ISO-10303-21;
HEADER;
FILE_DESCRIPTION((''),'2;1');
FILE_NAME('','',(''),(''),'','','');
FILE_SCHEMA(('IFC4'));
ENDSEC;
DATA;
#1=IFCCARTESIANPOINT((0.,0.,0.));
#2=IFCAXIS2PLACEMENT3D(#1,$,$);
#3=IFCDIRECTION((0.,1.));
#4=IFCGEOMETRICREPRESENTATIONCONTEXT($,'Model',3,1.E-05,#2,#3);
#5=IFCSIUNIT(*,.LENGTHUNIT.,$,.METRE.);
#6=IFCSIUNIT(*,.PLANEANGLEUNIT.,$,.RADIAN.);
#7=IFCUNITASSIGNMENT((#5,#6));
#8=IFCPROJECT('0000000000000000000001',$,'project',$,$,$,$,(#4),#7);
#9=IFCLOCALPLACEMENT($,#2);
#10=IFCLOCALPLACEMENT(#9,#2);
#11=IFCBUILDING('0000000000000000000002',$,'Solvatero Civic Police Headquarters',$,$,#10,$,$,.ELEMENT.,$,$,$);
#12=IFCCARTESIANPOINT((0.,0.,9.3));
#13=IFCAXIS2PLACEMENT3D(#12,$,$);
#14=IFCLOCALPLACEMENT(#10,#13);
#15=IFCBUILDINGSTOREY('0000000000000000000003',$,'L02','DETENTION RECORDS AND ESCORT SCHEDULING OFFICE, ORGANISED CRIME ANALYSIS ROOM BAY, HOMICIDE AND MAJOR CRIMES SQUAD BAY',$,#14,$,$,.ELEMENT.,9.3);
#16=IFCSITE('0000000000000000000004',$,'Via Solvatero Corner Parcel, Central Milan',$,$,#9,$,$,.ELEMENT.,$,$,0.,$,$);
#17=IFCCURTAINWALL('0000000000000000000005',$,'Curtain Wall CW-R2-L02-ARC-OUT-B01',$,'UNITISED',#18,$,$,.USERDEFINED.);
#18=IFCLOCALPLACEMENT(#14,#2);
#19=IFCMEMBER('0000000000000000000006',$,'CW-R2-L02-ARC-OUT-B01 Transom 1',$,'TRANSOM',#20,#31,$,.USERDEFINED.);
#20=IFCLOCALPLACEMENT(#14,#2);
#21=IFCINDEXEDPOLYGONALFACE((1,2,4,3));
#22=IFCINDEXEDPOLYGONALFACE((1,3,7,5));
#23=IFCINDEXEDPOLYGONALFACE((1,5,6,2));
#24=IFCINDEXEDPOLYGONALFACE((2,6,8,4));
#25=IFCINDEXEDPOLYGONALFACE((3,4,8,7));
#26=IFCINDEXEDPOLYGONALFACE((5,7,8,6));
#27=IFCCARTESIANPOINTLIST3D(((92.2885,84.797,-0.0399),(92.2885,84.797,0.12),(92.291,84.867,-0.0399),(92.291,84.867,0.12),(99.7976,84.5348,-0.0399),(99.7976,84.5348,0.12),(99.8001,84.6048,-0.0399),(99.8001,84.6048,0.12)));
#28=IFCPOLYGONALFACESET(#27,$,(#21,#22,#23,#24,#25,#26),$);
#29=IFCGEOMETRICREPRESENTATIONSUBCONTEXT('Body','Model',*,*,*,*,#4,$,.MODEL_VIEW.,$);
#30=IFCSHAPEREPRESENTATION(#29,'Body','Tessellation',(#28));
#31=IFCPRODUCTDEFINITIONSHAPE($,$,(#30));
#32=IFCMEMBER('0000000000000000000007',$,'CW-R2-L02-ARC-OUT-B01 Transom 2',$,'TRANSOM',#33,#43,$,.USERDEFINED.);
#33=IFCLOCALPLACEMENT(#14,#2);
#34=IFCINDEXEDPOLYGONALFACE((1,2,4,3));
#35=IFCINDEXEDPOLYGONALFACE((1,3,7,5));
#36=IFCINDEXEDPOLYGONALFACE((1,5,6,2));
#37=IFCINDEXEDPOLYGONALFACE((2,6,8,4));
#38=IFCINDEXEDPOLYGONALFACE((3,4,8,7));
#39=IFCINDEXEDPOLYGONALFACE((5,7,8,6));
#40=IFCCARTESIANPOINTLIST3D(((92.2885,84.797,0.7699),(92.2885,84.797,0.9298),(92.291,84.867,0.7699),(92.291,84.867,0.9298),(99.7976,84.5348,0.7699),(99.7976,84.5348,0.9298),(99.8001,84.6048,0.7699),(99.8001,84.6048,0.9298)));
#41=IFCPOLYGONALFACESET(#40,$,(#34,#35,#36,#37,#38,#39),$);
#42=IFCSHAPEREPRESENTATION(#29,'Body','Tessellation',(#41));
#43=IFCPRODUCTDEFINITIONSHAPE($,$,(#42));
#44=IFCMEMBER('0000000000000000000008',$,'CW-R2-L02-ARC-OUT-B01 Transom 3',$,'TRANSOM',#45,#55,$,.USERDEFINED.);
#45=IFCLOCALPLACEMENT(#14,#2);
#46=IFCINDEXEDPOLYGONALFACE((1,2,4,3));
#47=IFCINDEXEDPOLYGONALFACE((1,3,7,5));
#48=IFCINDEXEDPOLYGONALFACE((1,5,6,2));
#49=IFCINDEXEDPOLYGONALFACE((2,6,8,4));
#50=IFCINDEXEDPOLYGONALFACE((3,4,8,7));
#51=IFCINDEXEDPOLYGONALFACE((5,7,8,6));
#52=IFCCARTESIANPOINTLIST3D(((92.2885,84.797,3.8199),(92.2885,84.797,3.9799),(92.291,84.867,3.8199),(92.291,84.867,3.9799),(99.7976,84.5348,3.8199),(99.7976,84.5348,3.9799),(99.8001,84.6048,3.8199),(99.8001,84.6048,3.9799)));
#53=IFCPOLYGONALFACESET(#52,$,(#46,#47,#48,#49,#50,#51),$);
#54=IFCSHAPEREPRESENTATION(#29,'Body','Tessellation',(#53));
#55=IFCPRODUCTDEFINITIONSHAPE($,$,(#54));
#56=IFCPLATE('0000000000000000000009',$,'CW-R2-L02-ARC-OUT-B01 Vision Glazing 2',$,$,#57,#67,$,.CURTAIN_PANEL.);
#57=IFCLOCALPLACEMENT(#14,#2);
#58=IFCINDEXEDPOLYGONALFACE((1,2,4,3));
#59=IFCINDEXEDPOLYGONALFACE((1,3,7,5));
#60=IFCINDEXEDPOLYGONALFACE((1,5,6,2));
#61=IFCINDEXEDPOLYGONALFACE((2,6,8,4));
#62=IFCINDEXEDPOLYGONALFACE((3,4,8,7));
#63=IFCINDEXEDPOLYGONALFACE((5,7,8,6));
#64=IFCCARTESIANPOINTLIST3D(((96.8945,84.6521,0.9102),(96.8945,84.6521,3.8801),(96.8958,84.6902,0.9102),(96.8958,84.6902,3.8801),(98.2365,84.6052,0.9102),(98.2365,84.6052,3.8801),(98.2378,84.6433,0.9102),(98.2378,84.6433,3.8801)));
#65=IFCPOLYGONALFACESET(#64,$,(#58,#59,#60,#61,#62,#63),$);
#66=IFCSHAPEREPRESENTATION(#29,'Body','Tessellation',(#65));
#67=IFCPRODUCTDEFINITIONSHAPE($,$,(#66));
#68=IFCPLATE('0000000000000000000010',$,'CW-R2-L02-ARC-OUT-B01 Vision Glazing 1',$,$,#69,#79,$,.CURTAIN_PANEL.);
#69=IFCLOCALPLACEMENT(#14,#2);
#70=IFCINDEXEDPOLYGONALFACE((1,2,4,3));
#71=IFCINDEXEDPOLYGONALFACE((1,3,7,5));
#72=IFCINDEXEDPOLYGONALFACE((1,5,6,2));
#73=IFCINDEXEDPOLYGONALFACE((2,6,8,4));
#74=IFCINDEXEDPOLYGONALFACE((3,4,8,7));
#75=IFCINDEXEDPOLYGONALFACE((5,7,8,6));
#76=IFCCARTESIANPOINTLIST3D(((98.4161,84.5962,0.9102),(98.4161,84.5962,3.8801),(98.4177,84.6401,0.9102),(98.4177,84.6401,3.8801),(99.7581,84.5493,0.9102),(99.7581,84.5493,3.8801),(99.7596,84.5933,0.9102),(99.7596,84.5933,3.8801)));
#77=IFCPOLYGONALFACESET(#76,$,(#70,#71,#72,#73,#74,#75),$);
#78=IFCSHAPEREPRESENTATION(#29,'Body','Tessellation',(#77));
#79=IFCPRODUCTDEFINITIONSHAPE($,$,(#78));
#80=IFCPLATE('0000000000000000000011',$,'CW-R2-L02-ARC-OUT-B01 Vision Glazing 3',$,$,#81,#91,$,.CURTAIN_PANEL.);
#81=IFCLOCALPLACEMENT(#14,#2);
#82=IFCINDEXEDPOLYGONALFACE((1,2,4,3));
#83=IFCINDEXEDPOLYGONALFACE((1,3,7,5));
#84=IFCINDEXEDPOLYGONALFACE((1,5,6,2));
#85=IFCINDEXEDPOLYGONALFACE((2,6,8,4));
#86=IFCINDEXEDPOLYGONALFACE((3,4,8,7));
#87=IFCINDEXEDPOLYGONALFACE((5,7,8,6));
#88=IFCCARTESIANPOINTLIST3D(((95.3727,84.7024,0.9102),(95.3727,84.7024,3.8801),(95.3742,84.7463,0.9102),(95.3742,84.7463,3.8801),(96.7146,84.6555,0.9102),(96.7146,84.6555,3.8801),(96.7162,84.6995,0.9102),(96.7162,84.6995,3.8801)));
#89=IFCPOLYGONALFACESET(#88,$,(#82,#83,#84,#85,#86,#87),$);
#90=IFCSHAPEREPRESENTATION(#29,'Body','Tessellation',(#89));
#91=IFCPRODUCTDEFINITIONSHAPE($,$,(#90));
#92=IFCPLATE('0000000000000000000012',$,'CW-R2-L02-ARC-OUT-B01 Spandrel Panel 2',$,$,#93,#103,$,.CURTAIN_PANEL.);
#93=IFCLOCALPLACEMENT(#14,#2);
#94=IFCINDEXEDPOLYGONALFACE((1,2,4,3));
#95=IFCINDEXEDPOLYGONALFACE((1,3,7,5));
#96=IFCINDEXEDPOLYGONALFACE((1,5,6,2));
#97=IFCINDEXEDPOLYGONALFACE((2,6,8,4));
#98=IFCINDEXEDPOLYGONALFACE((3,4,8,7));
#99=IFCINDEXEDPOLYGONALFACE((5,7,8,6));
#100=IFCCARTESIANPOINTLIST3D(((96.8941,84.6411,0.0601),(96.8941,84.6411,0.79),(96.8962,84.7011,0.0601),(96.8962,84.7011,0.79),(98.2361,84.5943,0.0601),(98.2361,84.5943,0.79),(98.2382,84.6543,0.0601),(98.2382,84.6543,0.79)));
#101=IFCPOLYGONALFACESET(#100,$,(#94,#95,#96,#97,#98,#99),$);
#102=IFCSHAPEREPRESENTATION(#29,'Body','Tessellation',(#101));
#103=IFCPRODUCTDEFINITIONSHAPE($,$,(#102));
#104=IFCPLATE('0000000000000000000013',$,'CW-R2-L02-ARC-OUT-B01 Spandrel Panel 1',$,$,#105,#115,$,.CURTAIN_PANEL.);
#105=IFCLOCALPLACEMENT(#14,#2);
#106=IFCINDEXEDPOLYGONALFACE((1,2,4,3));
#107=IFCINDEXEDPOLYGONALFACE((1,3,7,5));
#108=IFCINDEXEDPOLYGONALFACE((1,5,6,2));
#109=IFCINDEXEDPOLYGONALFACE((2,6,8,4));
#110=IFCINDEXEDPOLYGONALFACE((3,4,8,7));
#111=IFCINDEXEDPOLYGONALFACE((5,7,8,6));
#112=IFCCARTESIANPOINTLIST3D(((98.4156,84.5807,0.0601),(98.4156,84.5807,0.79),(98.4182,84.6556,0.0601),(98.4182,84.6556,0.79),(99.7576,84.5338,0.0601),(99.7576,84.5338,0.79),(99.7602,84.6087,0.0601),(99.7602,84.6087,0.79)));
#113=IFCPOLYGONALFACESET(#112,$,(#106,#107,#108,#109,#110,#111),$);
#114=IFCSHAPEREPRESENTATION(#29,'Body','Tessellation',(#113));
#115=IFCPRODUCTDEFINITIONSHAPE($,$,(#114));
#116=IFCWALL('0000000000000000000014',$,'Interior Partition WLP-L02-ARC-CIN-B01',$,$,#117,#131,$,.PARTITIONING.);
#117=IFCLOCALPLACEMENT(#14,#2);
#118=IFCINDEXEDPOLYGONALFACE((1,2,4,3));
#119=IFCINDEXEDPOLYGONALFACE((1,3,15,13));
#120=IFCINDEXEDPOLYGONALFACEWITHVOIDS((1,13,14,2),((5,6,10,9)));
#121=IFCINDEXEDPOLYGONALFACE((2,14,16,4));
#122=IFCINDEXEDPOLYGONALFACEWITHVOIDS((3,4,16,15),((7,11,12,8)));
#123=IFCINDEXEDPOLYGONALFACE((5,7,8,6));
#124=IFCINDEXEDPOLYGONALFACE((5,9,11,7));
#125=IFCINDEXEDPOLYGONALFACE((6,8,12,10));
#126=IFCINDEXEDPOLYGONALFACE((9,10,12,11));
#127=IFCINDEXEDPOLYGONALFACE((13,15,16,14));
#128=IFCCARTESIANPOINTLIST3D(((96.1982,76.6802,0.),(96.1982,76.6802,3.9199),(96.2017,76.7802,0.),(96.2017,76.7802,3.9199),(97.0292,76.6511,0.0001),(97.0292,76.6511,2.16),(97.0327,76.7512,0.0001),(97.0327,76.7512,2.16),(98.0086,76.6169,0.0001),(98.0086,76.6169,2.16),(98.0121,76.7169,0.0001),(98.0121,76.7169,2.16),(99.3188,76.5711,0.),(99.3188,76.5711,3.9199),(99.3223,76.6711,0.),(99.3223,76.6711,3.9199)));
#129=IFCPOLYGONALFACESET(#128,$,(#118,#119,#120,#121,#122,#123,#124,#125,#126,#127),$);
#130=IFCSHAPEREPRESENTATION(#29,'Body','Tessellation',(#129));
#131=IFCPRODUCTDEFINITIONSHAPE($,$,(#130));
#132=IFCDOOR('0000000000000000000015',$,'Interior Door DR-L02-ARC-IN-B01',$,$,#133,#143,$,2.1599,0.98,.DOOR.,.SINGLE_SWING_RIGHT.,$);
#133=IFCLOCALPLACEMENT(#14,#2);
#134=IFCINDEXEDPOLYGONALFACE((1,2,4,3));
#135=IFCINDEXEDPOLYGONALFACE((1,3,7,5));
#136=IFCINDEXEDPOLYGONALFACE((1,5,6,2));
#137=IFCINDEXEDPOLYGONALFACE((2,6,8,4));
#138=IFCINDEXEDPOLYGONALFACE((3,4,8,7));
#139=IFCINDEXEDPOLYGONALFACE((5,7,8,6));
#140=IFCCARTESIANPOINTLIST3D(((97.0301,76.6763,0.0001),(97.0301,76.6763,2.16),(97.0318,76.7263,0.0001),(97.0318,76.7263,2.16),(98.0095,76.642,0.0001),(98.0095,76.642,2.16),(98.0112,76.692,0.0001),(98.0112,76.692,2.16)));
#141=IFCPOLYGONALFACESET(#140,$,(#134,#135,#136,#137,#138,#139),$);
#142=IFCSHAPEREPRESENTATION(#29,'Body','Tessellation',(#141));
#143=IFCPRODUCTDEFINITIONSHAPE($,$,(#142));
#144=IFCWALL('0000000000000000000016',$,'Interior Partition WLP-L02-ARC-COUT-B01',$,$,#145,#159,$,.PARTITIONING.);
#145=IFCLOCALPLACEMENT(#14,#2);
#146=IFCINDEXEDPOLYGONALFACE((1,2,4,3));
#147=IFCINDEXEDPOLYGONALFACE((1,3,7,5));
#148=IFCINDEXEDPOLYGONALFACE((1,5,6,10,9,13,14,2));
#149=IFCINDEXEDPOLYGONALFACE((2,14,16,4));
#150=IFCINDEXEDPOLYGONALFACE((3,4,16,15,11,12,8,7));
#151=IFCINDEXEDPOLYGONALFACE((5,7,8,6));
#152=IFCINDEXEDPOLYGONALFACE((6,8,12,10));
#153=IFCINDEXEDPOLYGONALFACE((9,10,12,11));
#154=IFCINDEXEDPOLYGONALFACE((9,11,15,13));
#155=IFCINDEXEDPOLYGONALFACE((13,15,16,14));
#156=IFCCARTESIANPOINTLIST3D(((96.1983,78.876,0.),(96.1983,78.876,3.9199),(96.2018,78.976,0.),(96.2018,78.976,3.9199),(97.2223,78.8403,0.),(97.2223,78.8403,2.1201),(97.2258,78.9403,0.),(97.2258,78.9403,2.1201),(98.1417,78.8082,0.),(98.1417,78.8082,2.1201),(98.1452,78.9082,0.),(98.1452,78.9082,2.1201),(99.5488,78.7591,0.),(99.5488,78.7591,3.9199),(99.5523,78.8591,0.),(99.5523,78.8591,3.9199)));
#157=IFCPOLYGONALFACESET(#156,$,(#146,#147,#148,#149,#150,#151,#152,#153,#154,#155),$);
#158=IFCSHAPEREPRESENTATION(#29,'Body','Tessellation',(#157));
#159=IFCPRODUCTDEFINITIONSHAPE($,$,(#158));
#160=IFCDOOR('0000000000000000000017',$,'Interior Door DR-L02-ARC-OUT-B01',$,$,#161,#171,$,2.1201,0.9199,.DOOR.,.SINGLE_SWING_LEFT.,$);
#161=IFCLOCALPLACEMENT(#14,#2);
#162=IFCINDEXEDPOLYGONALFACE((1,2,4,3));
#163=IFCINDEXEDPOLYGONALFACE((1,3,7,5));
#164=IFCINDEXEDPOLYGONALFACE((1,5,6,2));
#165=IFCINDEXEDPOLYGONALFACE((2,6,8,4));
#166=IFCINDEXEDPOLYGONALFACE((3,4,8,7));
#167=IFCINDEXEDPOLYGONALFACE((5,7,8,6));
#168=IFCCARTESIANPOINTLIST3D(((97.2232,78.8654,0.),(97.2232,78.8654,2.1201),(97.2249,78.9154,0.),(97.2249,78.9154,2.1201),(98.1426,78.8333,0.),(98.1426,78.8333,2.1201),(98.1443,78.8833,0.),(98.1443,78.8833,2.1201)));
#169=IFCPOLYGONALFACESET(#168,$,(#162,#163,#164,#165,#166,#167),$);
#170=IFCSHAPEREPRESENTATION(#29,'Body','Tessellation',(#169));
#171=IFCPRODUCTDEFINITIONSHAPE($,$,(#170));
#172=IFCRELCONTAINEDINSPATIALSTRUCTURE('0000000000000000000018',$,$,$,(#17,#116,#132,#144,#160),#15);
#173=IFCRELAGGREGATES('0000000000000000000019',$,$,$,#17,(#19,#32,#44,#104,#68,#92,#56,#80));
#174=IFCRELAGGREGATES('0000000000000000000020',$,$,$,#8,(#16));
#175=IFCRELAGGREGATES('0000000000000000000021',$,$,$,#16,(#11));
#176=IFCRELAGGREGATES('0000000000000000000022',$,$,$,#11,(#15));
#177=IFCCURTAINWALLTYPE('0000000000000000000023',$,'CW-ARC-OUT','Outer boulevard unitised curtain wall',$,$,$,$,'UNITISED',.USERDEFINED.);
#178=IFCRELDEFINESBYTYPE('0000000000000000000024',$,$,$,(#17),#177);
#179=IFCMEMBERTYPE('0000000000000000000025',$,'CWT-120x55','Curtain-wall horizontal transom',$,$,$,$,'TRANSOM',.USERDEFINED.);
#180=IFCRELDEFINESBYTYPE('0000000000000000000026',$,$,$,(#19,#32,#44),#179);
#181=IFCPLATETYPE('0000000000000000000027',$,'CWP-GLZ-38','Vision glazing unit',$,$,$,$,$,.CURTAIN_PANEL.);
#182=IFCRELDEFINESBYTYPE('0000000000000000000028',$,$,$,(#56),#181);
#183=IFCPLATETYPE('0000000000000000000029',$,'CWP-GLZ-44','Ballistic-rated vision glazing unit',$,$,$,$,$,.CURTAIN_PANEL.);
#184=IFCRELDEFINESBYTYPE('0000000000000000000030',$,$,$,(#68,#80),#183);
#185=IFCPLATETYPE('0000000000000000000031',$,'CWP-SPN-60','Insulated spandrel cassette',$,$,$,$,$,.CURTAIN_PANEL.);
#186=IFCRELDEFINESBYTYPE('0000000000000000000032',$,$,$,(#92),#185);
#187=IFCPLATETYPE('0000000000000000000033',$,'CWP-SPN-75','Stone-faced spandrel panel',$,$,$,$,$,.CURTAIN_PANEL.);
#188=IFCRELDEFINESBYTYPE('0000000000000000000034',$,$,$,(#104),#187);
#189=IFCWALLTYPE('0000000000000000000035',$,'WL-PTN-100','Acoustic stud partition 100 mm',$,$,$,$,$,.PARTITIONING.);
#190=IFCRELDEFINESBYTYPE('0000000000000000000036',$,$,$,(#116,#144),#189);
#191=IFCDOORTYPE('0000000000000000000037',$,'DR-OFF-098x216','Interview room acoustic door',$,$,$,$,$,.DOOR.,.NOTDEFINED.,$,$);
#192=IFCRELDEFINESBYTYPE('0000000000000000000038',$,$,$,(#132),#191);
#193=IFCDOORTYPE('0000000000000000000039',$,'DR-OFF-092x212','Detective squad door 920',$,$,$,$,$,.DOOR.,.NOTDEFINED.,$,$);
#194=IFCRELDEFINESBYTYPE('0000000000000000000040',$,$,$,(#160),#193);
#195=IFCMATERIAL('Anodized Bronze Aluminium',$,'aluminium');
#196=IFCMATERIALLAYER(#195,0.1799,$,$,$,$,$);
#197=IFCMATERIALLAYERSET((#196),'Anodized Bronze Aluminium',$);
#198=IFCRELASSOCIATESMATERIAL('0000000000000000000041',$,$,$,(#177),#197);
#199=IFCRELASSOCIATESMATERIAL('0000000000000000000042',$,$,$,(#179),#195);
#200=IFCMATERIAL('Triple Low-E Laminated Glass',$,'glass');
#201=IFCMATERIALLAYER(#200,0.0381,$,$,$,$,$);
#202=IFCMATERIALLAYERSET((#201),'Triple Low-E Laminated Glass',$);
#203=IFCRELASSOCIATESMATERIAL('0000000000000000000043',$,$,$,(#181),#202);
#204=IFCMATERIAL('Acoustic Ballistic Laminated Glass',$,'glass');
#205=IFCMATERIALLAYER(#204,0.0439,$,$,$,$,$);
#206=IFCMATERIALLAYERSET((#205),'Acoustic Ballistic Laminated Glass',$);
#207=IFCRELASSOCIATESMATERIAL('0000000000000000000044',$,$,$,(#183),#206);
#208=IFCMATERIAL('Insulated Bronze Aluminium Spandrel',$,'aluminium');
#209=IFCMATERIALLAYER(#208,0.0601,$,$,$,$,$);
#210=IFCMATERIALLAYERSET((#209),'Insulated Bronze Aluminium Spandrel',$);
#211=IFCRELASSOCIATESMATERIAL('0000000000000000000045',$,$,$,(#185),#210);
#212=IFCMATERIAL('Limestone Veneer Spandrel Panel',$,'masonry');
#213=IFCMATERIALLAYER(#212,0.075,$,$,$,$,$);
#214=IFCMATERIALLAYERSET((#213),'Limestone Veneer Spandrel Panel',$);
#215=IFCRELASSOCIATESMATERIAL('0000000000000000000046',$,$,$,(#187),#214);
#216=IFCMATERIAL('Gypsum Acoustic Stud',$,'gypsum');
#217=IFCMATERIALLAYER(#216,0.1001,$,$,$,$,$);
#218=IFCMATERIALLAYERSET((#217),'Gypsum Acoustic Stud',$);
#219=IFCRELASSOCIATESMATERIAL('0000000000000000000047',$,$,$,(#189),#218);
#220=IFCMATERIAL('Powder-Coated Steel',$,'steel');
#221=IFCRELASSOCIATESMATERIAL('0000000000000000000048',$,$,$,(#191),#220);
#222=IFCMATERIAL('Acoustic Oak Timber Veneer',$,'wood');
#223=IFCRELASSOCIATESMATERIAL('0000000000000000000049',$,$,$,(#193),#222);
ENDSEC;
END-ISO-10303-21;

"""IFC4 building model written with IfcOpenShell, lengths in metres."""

from ifc_helpers import new_model, si_unit, direction, frame, frame_2d, origin, origin_2d, place, context, subcontext, project, spatial, rectangle, extrude, material, layer, layer_set, material_profile, profile_set, type_object, element, fill, aggregate, save


model = new_model("IFC4")

# Units and contexts
model_context = context("Model", 3, precision=1e-05, world=origin(), true_north=direction((0.0, 1.0)))
body_context = subcontext(model_context, "Body", "Model", "MODEL_VIEW")
ifc_project = project(units=[si_unit("LENGTHUNIT", "METRE"), si_unit("PLANEANGLEUNIT", "RADIAN")], contexts=[model_context])

# Site, building, storey
site_placement = place(None, origin())
site = spatial("IfcSite", under=ifc_project, at=site_placement, Name="Via Solvatero Corner Parcel, Central Milan", CompositionType="ELEMENT", RefElevation=0.0)
building_placement = place(site_placement, origin())
building = spatial("IfcBuilding", under=site, at=building_placement, Name="Solvatero Civic Police Headquarters", CompositionType="ELEMENT")
storey_placement = place(building_placement, frame((0.0, 0.0, 9.3)))
storey = spatial("IfcBuildingStorey", under=building, at=storey_placement, Name="L02", Description="DETENTION RECORDS AND ESCORT SCHEDULING OFFICE, ORGANISED CRIME ANALYSIS ROOM BAY, HOMICIDE AND MAJOR CRIMES SQUAD BAY", CompositionType="ELEMENT", Elevation=9.3)

# Curtain wall, members, plates
ifc_material_1 = material(Name="Anodized Bronze Aluminium", Category="aluminium")
ifc_layer_1 = layer(ifc_material_1, 0.1799)
ifc_layer_set_1 = layer_set([ifc_layer_1], Name="Anodized Bronze Aluminium")
curtain_wall_type = type_object("IfcCurtainWallType", Name="CW-ARC-OUT", Description="Outer boulevard unitised curtain wall", ElementType="UNITISED", PredefinedType="USERDEFINED", material=ifc_layer_set_1)
curtain_wall_placement = place(storey_placement, origin())
curtain_wall = element("IfcCurtainWall", 1, at=curtain_wall_placement, inside=storey, type_object=curtain_wall_type, Name="Curtain Wall CW-R2-L02-ARC-OUT-B01", ObjectType="UNITISED", PredefinedType="USERDEFINED")
ifc_material_profile_1 = material_profile(ifc_material_1, rectangle(XDim=0.0701, YDim=0.1599, at=origin_2d()), Name="ALU TRANSOM 70x160")
ifc_profile_set_1 = profile_set([ifc_material_profile_1], Name="Anodized Bronze Aluminium")
member_type_1 = type_object("IfcMemberType", Name="CWT-120x55", Description="Curtain-wall horizontal transom", ElementType="TRANSOM", PredefinedType="USERDEFINED", material=ifc_profile_set_1)
member_1_placement = place(storey_placement, frame((99.7988, 84.5698, 0.04), z_axis=(-0.999391, 0.034898, 0.0), x_axis=(-0.034898, -0.999391, 0.0)))
member_1 = element("IfcMember", 2, at=member_1_placement, type_object=member_type_1, Name="CW-R2-L02-ARC-OUT-B01 Transom 1", ObjectType="TRANSOM", PredefinedType="USERDEFINED", context=body_context, shape_type="SweptSolid", body=[
    extrude(rectangle(XDim=0.0701, YDim=0.1599, at=origin_2d()), origin(), (0.0, 0.0, 1.0), 7.5137),
])
member_2_placement = place(storey_placement, frame((99.7988, 84.5698, 0.8499), z_axis=(-0.999391, 0.034898, 0.0), x_axis=(-0.034898, -0.999391, 0.0)))
member_2 = element("IfcMember", 3, at=member_2_placement, type_object=member_type_1, Name="CW-R2-L02-ARC-OUT-B01 Transom 2", ObjectType="TRANSOM", PredefinedType="USERDEFINED", context=body_context, shape_type="SweptSolid", body=[
    extrude(rectangle(XDim=0.0701, YDim=0.1599, at=origin_2d()), origin(), (0.0, 0.0, 1.0), 7.5137),
])
member_3_placement = place(storey_placement, frame((99.7988, 84.5698, 3.8999), z_axis=(-0.999391, 0.034898, 0.0), x_axis=(-0.034898, -0.999391, 0.0)))
member_3 = element("IfcMember", 4, at=member_3_placement, type_object=member_type_1, Name="CW-R2-L02-ARC-OUT-B01 Transom 3", ObjectType="TRANSOM", PredefinedType="USERDEFINED", context=body_context, shape_type="SweptSolid", body=[
    extrude(rectangle(XDim=0.0701, YDim=0.1599, at=origin_2d()), origin(), (0.0, 0.0, 1.0), 7.5137),
])
ifc_material_2 = material(Name="Triple Low-E Laminated Glass", Category="glass")
ifc_layer_2 = layer(ifc_material_2, 0.0381)
ifc_layer_set_2 = layer_set([ifc_layer_2], Name="Triple Low-E Laminated Glass")
plate_type_1 = type_object("IfcPlateType", Name="CWP-GLZ-38", Description="Vision glazing unit", PredefinedType="CURTAIN_PANEL", material=ifc_layer_set_2)
plate_1_placement = place(storey_placement, frame((97.5662, 84.6477, 0.9102), z_axis=(0.0, 0.0, 1.0), x_axis=(-0.999391, 0.034899, 0.0)))
plate_1 = element("IfcPlate", 5, at=plate_1_placement, type_object=plate_type_1, Name="CW-R2-L02-ARC-OUT-B01 Vision Glazing 2", PredefinedType="CURTAIN_PANEL", context=body_context, shape_type="SweptSolid", body=[
    extrude(rectangle(XDim=1.3428, YDim=0.0381, at=origin_2d()), origin(), (0.0, 0.0, 1.0), 2.97),
])
ifc_material_3 = material(Name="Acoustic Ballistic Laminated Glass", Category="glass")
ifc_layer_3 = layer(ifc_material_3, 0.0439)
ifc_layer_set_3 = layer_set([ifc_layer_3], Name="Acoustic Ballistic Laminated Glass")
plate_type_2 = type_object("IfcPlateType", Name="CWP-GLZ-44", Description="Ballistic-rated vision glazing unit", PredefinedType="CURTAIN_PANEL", material=ifc_layer_set_3)
plate_2_placement = place(storey_placement, frame((99.0879, 84.5947, 0.9102), z_axis=(0.0, 0.0, 1.0), x_axis=(-0.999391, 0.034899, 0.0)))
plate_2 = element("IfcPlate", 6, at=plate_2_placement, type_object=plate_type_2, Name="CW-R2-L02-ARC-OUT-B01 Vision Glazing 1", PredefinedType="CURTAIN_PANEL", context=body_context, shape_type="SweptSolid", body=[
    extrude(rectangle(XDim=1.3428, YDim=0.0439, at=origin_2d()), origin(), (0.0, 0.0, 1.0), 2.97),
])
plate_3_placement = place(storey_placement, frame((96.0444, 84.7009, 0.9102), z_axis=(0.0, 0.0, 1.0), x_axis=(-0.999391, 0.034899, 0.0)))
plate_3 = element("IfcPlate", 7, at=plate_3_placement, type_object=plate_type_2, Name="CW-R2-L02-ARC-OUT-B01 Vision Glazing 3", PredefinedType="CURTAIN_PANEL", context=body_context, shape_type="SweptSolid", body=[
    extrude(rectangle(XDim=1.3428, YDim=0.0439, at=origin_2d()), origin(), (0.0, 0.0, 1.0), 2.97),
])
ifc_material_4 = material(Name="Insulated Bronze Aluminium Spandrel", Category="aluminium")
ifc_layer_4 = layer(ifc_material_4, 0.0601)
ifc_layer_set_4 = layer_set([ifc_layer_4], Name="Insulated Bronze Aluminium Spandrel")
plate_type_3 = type_object("IfcPlateType", Name="CWP-SPN-60", Description="Insulated spandrel cassette", PredefinedType="CURTAIN_PANEL", material=ifc_layer_set_4)
plate_4_placement = place(storey_placement, frame((97.5662, 84.6477, 0.0601), z_axis=(0.0, 0.0, 1.0), x_axis=(-0.999391, 0.034899, 0.0)))
plate_4 = element("IfcPlate", 8, at=plate_4_placement, type_object=plate_type_3, Name="CW-R2-L02-ARC-OUT-B01 Spandrel Panel 2", PredefinedType="CURTAIN_PANEL", context=body_context, shape_type="SweptSolid", body=[
    extrude(rectangle(XDim=1.3428, YDim=0.0601, at=origin_2d()), origin(), (0.0, 0.0, 1.0), 0.73),
])
ifc_material_5 = material(Name="Limestone Veneer Spandrel Panel", Category="masonry")
ifc_layer_5 = layer(ifc_material_5, 0.075)
ifc_layer_set_5 = layer_set([ifc_layer_5], Name="Limestone Veneer Spandrel Panel")
plate_type_4 = type_object("IfcPlateType", Name="CWP-SPN-75", Description="Stone-faced spandrel panel", PredefinedType="CURTAIN_PANEL", material=ifc_layer_set_5)
plate_5_placement = place(storey_placement, frame((99.0879, 84.5947, 0.0601), z_axis=(0.0, 0.0, 1.0), x_axis=(-0.999391, 0.034899, 0.0)))
plate_5 = element("IfcPlate", 9, at=plate_5_placement, type_object=plate_type_4, Name="CW-R2-L02-ARC-OUT-B01 Spandrel Panel 1", PredefinedType="CURTAIN_PANEL", context=body_context, shape_type="SweptSolid", body=[
    extrude(rectangle(XDim=1.3428, YDim=0.075, at=origin_2d()), origin(), (0.0, 0.0, 1.0), 0.73),
])
aggregate(curtain_wall, [member_1, member_2, member_3, plate_5, plate_2, plate_4, plate_1, plate_3])

# Walls, openings, doors
ifc_material_6 = material(Name="Gypsum Acoustic Stud", Category="gypsum")
ifc_layer_6 = layer(ifc_material_6, 0.1001)
ifc_layer_set_6 = layer_set([ifc_layer_6], Name="Gypsum Acoustic Stud")
wall_type = type_object("IfcWallType", Name="WL-PTN-100", Description="Acoustic stud partition 100 mm", PredefinedType="PARTITIONING", material=ifc_layer_set_6)
wall_1_placement = place(storey_placement, frame((99.3206, 76.6211, 0.0), z_axis=(0.0, 0.0, 1.0), x_axis=(-0.999389, 0.03495, 0.0)))
wall_1 = element("IfcWall", 10, at=wall_1_placement, inside=storey, type_object=wall_type, Name="Interior Partition WLP-L02-ARC-CIN-B01", PredefinedType="PARTITIONING", context=body_context, shape_type="SweptSolid", body=[
    extrude(rectangle(XDim=3.1226, YDim=0.1001, at=frame_2d((1.5613, 0.0))), origin(), (0.0, 0.0, 1.0), 3.9199),
])
opening_1_placement = place(wall_1_placement, frame((1.311, 0.0, 0.0)))
opening_1 = element("IfcOpeningElement", 11, at=opening_1_placement, cuts=wall_1, PredefinedType="OPENING", context=body_context, shape_type="SweptSolid", body=[
    extrude(rectangle(XDim=0.98, YDim=2.1599, at=frame_2d((0.49, 1.0801))), frame((0.0, 0.0601, 0.0), z_axis=(0.0, -1.0, 0.0), x_axis=(1.0, 0.0, 0.0)), (0.0, 0.0, 1.0), 0.1201),
])
ifc_material_7 = material(Name="Powder-Coated Steel", Category="steel")
door_type_1 = type_object("IfcDoorType", Name="DR-OFF-098x216", Description="Interview room acoustic door", OperationType="NOTDEFINED", PredefinedType="DOOR", material=ifc_material_7)
door_1_placement = place(opening_1_placement, origin())
door_1 = element("IfcDoor", 12, at=door_1_placement, inside=storey, type_object=door_type_1, Name="Interior Door DR-L02-ARC-IN-B01", OperationType="SINGLE_SWING_RIGHT", OverallHeight=2.1599, OverallWidth=0.98, PredefinedType="DOOR", context=body_context, shape_type="SweptSolid", body=[
    extrude(rectangle(XDim=0.98, YDim=2.1599, at=frame_2d((0.49, 1.0801))), frame((0.0, 0.0249, 0.0), z_axis=(0.0, -1.0, 0.0), x_axis=(1.0, 0.0, 0.0)), (0.0, 0.0, 1.0), 0.05),
])
fill(opening_1, door_1)
wall_2_placement = place(storey_placement, frame((99.5505, 78.8091, 0.0), z_axis=(0.0, 0.0, 1.0), x_axis=(-0.999391, 0.034881, 0.0)))
wall_2 = element("IfcWall", 13, at=wall_2_placement, inside=storey, type_object=wall_type, Name="Interior Partition WLP-L02-ARC-COUT-B01", PredefinedType="PARTITIONING", context=body_context, shape_type="SweptSolid", body=[
    extrude(rectangle(XDim=3.3525, YDim=0.1001, at=frame_2d((1.6763, 0.0))), origin(), (0.0, 0.0, 1.0), 3.9199),
])
opening_2_placement = place(wall_2_placement, frame((1.408, 0.0, 0.0)))
opening_2 = element("IfcOpeningElement", 14, at=opening_2_placement, cuts=wall_2, PredefinedType="OPENING", context=body_context, shape_type="SweptSolid", body=[
    extrude(rectangle(XDim=0.9199, YDim=2.1201, at=frame_2d((0.46, 1.0601))), frame((0.0, 0.0601, 0.0), z_axis=(0.0, -1.0, 0.0), x_axis=(1.0, 0.0, 0.0)), (0.0, 0.0, 1.0), 0.1201),
])
ifc_material_8 = material(Name="Acoustic Oak Timber Veneer", Category="wood")
door_type_2 = type_object("IfcDoorType", Name="DR-OFF-092x212", Description="Detective squad door 920", OperationType="NOTDEFINED", PredefinedType="DOOR", material=ifc_material_8)
door_2_placement = place(opening_2_placement, origin())
door_2 = element("IfcDoor", 15, at=door_2_placement, inside=storey, type_object=door_type_2, Name="Interior Door DR-L02-ARC-OUT-B01", OperationType="SINGLE_SWING_LEFT", OverallHeight=2.1201, OverallWidth=0.9199, PredefinedType="DOOR", context=body_context, shape_type="SweptSolid", body=[
    extrude(rectangle(XDim=0.9199, YDim=2.1201, at=frame_2d((0.46, 1.0601))), frame((0.0, 0.0249, 0.0), z_axis=(0.0, -1.0, 0.0), x_axis=(1.0, 0.0, 0.0)), (0.0, 0.0, 1.0), 0.05),
])
fill(opening_2, door_2)

save(model, "model.ifc")
